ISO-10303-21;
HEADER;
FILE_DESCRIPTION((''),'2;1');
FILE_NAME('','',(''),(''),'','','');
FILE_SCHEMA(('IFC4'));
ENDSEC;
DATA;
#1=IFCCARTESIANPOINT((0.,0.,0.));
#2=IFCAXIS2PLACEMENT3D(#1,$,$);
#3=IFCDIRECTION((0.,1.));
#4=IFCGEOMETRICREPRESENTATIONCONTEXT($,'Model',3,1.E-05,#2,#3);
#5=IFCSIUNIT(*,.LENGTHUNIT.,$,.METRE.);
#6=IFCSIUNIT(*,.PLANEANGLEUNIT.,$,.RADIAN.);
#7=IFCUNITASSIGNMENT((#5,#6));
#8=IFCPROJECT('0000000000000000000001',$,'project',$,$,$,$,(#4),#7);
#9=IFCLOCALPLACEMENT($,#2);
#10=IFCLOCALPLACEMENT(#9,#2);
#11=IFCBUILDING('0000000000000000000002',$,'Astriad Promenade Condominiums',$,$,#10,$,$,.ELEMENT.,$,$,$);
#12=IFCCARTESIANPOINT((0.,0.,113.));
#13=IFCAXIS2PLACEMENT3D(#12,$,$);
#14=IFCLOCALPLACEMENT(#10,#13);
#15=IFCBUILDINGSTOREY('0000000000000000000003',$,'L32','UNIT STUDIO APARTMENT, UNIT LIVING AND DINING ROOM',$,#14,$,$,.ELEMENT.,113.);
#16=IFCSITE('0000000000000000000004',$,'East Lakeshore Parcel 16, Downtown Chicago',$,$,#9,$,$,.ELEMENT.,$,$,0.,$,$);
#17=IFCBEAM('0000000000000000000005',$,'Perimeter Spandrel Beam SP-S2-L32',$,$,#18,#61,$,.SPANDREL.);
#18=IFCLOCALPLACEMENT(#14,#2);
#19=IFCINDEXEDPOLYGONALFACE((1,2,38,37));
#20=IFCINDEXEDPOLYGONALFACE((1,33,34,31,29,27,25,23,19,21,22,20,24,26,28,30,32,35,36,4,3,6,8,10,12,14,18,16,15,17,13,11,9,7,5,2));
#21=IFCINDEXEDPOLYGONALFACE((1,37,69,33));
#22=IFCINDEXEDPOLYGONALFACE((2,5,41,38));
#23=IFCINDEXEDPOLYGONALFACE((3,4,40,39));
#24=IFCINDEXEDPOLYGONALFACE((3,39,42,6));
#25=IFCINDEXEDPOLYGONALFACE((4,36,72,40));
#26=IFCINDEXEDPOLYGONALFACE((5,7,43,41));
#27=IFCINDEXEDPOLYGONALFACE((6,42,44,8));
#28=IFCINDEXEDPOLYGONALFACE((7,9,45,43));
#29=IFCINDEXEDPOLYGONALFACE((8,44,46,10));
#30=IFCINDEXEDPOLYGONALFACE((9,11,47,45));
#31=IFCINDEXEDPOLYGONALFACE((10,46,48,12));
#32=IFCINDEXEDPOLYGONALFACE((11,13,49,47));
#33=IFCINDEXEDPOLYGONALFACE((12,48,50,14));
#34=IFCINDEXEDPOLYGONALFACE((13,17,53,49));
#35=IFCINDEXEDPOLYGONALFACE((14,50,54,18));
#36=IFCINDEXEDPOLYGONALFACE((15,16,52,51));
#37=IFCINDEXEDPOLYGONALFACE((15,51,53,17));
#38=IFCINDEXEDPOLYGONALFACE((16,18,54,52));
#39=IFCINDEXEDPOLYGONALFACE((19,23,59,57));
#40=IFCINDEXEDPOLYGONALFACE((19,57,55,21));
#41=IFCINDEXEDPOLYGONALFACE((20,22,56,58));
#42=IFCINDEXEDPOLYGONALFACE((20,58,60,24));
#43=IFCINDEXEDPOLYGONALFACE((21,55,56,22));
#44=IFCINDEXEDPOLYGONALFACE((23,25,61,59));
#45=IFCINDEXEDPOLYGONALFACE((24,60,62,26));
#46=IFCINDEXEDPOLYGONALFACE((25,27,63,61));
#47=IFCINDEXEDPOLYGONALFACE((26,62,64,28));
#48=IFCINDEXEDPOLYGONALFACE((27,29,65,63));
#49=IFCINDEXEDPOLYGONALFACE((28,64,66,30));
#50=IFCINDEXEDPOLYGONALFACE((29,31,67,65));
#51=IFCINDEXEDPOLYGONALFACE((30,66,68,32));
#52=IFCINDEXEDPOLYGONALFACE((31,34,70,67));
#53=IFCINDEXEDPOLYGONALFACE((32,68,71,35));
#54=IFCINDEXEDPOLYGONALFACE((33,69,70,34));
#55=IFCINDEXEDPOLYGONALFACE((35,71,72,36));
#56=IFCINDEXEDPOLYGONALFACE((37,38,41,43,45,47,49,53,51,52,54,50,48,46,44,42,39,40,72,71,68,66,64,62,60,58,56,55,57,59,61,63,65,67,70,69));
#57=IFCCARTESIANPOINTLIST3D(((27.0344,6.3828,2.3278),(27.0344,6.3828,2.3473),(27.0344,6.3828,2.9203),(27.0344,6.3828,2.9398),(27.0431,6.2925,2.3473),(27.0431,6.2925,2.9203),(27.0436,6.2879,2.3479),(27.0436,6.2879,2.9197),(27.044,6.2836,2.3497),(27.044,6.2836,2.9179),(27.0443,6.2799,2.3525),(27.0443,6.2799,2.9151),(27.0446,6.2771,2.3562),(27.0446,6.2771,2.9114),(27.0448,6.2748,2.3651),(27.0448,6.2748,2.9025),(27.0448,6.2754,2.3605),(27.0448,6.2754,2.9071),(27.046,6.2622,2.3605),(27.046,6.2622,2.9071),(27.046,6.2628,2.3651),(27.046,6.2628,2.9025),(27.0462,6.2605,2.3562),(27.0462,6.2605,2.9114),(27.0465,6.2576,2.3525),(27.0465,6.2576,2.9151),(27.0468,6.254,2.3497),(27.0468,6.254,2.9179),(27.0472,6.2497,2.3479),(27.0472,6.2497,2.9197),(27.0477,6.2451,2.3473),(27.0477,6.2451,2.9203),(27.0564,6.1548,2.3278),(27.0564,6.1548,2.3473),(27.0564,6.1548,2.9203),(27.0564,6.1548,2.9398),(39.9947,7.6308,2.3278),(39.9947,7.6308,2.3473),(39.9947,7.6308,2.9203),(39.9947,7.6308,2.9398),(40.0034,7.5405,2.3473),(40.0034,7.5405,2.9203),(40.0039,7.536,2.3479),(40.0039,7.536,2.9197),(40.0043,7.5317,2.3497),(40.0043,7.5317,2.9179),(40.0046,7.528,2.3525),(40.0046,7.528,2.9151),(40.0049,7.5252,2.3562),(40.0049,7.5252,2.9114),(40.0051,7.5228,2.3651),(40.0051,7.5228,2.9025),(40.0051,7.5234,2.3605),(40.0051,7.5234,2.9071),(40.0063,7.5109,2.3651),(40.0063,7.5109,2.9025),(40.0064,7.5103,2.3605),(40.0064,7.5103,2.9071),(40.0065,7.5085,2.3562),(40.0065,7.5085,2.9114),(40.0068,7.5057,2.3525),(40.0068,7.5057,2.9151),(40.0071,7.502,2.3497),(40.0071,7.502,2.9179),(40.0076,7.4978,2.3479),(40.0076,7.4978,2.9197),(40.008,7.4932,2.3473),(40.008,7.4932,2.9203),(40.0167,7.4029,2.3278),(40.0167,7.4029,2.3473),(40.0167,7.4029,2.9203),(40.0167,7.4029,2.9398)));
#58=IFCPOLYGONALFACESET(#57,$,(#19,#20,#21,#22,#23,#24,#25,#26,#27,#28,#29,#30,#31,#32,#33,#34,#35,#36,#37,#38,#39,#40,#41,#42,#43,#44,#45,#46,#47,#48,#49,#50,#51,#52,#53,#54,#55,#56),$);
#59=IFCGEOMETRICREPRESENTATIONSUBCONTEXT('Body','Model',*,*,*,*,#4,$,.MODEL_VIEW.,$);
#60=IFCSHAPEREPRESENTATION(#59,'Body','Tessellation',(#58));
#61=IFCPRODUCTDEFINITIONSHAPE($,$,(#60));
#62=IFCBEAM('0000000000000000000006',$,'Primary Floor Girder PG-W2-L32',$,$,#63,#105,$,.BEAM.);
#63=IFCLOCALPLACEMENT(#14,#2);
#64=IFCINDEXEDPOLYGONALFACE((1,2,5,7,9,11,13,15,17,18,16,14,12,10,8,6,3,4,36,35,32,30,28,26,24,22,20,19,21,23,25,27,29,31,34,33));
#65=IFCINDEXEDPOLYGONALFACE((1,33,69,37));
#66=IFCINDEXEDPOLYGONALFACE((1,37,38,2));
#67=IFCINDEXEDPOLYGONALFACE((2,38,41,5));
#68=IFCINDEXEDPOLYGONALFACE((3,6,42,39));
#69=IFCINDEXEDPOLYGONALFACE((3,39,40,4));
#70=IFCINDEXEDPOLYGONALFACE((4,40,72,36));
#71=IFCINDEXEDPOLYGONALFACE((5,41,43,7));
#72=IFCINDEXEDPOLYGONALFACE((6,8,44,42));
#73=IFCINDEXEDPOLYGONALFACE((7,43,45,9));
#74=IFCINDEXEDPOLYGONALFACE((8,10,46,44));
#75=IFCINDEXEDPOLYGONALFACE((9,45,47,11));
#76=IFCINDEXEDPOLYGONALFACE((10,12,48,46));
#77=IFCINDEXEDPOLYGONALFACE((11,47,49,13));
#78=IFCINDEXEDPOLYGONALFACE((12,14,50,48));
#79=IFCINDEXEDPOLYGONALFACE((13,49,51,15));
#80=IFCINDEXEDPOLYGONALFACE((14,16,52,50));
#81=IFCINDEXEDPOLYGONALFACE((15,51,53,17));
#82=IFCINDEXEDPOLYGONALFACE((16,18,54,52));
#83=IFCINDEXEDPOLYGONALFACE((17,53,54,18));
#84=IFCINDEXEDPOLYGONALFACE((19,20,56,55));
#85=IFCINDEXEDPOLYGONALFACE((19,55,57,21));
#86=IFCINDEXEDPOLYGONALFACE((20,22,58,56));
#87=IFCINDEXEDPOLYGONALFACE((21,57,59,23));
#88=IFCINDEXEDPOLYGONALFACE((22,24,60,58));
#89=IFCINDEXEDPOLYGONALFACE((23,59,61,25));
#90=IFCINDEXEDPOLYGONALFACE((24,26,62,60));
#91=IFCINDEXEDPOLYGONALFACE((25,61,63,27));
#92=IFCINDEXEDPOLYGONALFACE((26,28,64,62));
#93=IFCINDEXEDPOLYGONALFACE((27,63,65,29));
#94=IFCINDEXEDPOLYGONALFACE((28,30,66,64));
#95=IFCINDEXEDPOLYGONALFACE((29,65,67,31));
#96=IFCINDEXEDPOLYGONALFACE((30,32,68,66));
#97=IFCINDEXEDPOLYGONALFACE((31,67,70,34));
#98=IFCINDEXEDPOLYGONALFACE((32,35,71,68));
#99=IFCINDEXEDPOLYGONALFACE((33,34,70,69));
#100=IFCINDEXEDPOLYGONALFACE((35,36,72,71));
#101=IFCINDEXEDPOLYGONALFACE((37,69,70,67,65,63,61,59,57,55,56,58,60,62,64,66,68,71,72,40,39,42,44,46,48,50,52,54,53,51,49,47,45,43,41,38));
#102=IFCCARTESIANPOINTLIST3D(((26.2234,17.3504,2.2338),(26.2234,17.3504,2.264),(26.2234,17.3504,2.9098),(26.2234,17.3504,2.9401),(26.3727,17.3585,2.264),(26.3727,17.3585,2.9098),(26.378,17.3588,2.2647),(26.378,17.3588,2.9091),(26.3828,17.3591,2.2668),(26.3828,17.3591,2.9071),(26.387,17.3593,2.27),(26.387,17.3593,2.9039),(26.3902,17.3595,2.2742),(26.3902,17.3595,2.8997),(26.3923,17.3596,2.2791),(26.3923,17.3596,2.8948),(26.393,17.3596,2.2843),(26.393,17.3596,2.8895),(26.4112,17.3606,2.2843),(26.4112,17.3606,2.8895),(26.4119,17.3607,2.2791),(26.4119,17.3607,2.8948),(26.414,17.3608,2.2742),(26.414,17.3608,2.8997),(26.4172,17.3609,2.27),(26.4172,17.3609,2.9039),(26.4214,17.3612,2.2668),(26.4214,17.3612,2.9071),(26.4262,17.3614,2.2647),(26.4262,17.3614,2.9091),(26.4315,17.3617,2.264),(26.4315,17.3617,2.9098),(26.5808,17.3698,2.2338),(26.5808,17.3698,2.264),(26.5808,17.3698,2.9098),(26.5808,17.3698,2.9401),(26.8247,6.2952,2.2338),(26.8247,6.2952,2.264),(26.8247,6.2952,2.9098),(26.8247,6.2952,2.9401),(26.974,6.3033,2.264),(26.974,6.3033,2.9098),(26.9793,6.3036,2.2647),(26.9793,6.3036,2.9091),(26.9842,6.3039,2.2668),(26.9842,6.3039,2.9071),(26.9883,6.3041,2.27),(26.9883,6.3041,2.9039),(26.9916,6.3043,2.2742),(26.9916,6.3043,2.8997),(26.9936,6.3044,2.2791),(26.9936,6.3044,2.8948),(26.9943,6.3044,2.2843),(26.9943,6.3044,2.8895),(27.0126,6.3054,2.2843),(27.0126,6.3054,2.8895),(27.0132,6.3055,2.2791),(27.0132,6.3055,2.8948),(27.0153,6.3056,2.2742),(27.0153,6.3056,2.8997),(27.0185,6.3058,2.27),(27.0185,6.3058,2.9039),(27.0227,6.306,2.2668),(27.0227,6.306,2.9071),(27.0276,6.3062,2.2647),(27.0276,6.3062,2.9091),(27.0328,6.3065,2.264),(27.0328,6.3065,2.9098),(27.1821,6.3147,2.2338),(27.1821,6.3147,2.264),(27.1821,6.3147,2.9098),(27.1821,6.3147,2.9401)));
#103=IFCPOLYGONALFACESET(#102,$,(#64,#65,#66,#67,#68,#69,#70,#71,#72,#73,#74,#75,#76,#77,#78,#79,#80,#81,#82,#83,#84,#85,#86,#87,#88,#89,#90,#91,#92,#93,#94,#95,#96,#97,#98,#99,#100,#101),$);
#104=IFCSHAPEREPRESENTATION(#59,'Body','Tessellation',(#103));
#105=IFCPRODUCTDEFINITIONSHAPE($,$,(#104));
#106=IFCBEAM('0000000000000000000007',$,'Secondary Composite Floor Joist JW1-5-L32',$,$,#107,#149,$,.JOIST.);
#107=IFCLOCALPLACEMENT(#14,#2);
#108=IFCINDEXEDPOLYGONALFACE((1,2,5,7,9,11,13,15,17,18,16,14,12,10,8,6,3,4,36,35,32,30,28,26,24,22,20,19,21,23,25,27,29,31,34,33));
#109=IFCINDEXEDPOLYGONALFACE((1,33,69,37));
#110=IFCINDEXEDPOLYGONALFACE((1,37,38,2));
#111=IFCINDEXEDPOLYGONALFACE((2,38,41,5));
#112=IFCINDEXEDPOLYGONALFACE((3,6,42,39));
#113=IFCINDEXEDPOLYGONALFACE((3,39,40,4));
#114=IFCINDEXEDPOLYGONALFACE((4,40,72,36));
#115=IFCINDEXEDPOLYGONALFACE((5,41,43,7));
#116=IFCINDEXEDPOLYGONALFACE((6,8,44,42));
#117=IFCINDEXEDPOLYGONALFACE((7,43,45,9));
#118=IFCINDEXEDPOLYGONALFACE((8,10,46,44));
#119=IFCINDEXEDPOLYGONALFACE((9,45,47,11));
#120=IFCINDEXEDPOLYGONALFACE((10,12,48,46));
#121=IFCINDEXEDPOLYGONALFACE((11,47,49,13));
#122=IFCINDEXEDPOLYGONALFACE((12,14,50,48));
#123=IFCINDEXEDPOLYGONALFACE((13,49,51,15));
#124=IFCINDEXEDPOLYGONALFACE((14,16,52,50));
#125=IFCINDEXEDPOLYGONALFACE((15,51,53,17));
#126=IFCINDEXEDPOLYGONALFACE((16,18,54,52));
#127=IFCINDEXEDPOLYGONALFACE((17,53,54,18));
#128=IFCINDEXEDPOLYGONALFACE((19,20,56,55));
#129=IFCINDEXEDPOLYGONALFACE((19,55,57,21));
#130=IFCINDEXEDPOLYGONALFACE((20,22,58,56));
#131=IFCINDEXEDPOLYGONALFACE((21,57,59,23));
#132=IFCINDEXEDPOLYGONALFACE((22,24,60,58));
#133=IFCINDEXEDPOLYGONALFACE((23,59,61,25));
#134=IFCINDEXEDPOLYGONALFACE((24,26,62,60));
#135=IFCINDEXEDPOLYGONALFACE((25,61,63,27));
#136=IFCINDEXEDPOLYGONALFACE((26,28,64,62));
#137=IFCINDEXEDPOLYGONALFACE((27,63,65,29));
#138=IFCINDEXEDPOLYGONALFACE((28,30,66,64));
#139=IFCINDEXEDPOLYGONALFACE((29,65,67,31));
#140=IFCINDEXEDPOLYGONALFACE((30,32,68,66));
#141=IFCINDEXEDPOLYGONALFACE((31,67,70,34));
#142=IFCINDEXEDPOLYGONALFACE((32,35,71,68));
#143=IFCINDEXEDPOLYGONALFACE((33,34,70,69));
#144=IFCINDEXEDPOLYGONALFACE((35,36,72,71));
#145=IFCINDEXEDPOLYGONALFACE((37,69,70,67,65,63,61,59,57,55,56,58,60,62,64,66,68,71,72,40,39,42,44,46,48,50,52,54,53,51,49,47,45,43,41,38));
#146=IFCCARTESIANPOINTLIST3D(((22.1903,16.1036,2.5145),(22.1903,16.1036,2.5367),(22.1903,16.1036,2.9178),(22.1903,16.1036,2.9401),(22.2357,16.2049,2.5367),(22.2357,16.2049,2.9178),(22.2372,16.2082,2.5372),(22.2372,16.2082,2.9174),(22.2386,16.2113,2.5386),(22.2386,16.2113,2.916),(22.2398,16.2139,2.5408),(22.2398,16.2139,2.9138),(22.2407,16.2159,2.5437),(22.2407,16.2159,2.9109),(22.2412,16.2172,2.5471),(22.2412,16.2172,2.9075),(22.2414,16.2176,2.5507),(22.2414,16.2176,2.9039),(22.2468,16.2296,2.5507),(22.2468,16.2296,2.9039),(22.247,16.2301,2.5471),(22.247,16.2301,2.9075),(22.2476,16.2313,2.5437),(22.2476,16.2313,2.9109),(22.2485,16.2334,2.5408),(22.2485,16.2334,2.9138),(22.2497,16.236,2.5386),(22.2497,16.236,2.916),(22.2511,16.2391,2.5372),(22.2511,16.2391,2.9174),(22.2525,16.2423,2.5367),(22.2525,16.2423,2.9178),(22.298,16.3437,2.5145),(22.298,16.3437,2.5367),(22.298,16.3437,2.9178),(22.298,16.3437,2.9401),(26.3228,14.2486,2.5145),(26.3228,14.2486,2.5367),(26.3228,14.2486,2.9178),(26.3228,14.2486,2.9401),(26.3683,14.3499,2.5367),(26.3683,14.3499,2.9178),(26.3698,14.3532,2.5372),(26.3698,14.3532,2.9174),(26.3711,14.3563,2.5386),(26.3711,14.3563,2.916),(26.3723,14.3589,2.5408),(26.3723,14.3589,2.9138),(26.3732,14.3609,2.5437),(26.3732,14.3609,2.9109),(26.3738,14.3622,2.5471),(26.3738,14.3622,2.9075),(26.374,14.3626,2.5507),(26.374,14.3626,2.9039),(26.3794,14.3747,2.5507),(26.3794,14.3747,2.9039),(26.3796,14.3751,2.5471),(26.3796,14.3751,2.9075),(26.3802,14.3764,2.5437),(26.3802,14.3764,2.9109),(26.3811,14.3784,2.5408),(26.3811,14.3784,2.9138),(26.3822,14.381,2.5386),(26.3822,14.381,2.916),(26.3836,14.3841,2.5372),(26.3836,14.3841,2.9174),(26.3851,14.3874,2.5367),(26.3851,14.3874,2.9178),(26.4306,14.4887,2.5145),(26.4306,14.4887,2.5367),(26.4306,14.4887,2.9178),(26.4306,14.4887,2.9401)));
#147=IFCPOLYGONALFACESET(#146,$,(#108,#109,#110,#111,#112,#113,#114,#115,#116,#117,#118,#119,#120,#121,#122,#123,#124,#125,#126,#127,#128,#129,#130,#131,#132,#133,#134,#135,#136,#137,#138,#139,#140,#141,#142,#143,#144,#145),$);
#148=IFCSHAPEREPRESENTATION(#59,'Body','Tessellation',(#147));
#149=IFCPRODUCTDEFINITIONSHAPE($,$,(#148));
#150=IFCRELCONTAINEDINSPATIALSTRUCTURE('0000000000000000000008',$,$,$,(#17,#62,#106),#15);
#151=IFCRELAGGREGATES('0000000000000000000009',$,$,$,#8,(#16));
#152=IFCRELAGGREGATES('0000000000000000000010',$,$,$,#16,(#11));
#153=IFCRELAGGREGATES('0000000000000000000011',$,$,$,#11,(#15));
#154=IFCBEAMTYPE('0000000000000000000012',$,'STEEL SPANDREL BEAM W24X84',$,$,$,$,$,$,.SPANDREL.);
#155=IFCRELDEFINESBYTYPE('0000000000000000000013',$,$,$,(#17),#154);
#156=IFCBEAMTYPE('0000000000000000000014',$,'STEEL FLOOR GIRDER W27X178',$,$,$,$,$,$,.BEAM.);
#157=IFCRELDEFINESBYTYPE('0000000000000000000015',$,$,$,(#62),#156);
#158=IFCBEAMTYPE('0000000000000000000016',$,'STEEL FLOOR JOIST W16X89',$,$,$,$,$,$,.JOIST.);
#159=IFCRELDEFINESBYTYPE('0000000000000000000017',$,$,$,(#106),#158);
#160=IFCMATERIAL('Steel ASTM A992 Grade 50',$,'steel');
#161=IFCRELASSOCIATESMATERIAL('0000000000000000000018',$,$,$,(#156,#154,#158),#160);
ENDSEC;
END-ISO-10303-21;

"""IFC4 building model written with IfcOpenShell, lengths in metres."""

from ifc_helpers import new_model, si_unit, direction, frame, origin, origin_2d, place, context, subcontext, project, spatial, i_section, extrude, source, transform, mapped, material, material_profile, profile_set, type_object, type_shapes, element, save


model = new_model("IFC4")

# Units and contexts
model_context = context("Model", 3, precision=1e-05, world=origin(), true_north=direction((0.0, 1.0)))
body_context = subcontext(model_context, "Body", "Model", "MODEL_VIEW")
ifc_project = project(units=[si_unit("LENGTHUNIT", "METRE"), si_unit("PLANEANGLEUNIT", "RADIAN")], contexts=[model_context])

# Site, building, storey
site_placement = place(None, origin())
site = spatial("IfcSite", under=ifc_project, at=site_placement, Name="East Lakeshore Parcel 16, Downtown Chicago", CompositionType="ELEMENT", RefElevation=0.0)
building_placement = place(site_placement, origin())
building = spatial("IfcBuilding", under=site, at=building_placement, Name="Astriad Promenade Condominiums", CompositionType="ELEMENT")
storey_placement = place(building_placement, frame((0.0, 0.0, 113.0)))
storey = spatial("IfcBuildingStorey", under=building, at=storey_placement, Name="L32", Description="UNIT STUDIO APARTMENT, UNIT LIVING AND DINING ROOM", CompositionType="ELEMENT", Elevation=113.0)

# Shared definitions
ifc_material_1 = material(Name="Steel ASTM A992 Grade 50", Category="steel")

# Beams
ifc_material_profile_1 = material_profile(ifc_material_1, i_section(OverallWidth=0.3579, OverallDepth=0.7063, WebThickness=0.0183, FlangeThickness=0.0303, FilletRadius=0.0203, at=origin_2d()), Name="W27X178")
ifc_profile_set_1 = profile_set([ifc_material_profile_1], Name="Steel ASTM A992 Grade 50")
beam_type_1 = type_object("IfcBeamType", Name="STEEL FLOOR GIRDER W27X178", PredefinedType="BEAM", material=ifc_profile_set_1)
ifc_material_profile_2 = material_profile(ifc_material_1, i_section(OverallWidth=0.229, OverallDepth=0.6121, WebThickness=0.012, FlangeThickness=0.0195, FilletRadius=0.0178, at=origin_2d()), Name="W24X84")
ifc_profile_set_2 = profile_set([ifc_material_profile_2], Name="Steel ASTM A992 Grade 50")
beam_type_2 = type_object("IfcBeamType", Name="STEEL SPANDREL BEAM W24X84", PredefinedType="SPANDREL", material=ifc_profile_set_2)
shared_shape_1 = source(origin(), body_context, "Body", "SweptSolid", [
    extrude(i_section(OverallWidth=0.229, OverallDepth=0.6121, WebThickness=0.012, FlangeThickness=0.0195, FilletRadius=0.0178, at=origin_2d()), origin(), (0.0, 0.0, 1.0), 13.0203),
])
type_shapes(beam_type_2, [shared_shape_1])
beam_1_placement = place(storey_placement, frame((27.0454, 6.2688, 2.6338), z_axis=(0.995395, 0.095855, 0.0), x_axis=(-0.095855, 0.995395, 0.0)))
element("IfcBeam", 1, at=beam_1_placement, inside=storey, type_object=beam_type_2, Name="Perimeter Spandrel Beam SP-S2-L32", PredefinedType="SPANDREL", context=body_context, shape_type="MappedRepresentation", body=[
    mapped(shared_shape_1, transform((0.0, 0.0, 0.0), scale=1.0)),
])
shared_shape_2 = source(origin(), body_context, "Body", "SweptSolid", [
    extrude(i_section(OverallWidth=0.3579, OverallDepth=0.7063, WebThickness=0.0183, FlangeThickness=0.0303, FilletRadius=0.0203, at=origin_2d()), origin(), (0.0, 0.0, 1.0), 11.0715),
])
beam_2_placement = place(storey_placement, frame((27.0034, 6.3049, 2.5869), z_axis=(-0.054312, 0.998524, 0.0), x_axis=(-0.998524, -0.054312, 0.0)))
element("IfcBeam", 2, at=beam_2_placement, inside=storey, type_object=beam_type_1, Name="Primary Floor Girder PG-W2-L32", PredefinedType="BEAM", context=body_context, shape_type="MappedRepresentation", body=[
    mapped(shared_shape_2, transform((0.0, 0.0, 0.0), scale=1.0)),
])
ifc_material_profile_3 = material_profile(ifc_material_1, i_section(OverallWidth=0.2632, OverallDepth=0.4255, WebThickness=0.0132, FlangeThickness=0.0222, FilletRadius=0.0139, at=origin_2d()), Name="W16X89")
ifc_profile_set_3 = profile_set([ifc_material_profile_3], Name="Steel ASTM A992 Grade 50")
beam_type_3 = type_object("IfcBeamType", Name="STEEL FLOOR JOIST W16X89", PredefinedType="JOIST", material=ifc_profile_set_3)
shared_shape_3 = source(origin(), body_context, "Body", "SweptSolid", [
    extrude(i_section(OverallWidth=0.2632, OverallDepth=0.4255, WebThickness=0.0132, FlangeThickness=0.0222, FilletRadius=0.0139, at=origin_2d()), origin(), (0.0, 0.0, 1.0), 4.5298),
])
beam_3_placement = place(storey_placement, frame((22.2441, 16.2236, 2.7273), z_axis=(0.912307, -0.409506, 0.0), x_axis=(0.409506, 0.912307, 0.0)))
element("IfcBeam", 3, at=beam_3_placement, inside=storey, type_object=beam_type_3, Name="Secondary Composite Floor Joist JW1-5-L32", PredefinedType="JOIST", context=body_context, shape_type="MappedRepresentation", body=[
    mapped(shared_shape_3, transform((0.0, 0.0, 0.0), scale=1.0)),
])

save(model, "model.ifc")
